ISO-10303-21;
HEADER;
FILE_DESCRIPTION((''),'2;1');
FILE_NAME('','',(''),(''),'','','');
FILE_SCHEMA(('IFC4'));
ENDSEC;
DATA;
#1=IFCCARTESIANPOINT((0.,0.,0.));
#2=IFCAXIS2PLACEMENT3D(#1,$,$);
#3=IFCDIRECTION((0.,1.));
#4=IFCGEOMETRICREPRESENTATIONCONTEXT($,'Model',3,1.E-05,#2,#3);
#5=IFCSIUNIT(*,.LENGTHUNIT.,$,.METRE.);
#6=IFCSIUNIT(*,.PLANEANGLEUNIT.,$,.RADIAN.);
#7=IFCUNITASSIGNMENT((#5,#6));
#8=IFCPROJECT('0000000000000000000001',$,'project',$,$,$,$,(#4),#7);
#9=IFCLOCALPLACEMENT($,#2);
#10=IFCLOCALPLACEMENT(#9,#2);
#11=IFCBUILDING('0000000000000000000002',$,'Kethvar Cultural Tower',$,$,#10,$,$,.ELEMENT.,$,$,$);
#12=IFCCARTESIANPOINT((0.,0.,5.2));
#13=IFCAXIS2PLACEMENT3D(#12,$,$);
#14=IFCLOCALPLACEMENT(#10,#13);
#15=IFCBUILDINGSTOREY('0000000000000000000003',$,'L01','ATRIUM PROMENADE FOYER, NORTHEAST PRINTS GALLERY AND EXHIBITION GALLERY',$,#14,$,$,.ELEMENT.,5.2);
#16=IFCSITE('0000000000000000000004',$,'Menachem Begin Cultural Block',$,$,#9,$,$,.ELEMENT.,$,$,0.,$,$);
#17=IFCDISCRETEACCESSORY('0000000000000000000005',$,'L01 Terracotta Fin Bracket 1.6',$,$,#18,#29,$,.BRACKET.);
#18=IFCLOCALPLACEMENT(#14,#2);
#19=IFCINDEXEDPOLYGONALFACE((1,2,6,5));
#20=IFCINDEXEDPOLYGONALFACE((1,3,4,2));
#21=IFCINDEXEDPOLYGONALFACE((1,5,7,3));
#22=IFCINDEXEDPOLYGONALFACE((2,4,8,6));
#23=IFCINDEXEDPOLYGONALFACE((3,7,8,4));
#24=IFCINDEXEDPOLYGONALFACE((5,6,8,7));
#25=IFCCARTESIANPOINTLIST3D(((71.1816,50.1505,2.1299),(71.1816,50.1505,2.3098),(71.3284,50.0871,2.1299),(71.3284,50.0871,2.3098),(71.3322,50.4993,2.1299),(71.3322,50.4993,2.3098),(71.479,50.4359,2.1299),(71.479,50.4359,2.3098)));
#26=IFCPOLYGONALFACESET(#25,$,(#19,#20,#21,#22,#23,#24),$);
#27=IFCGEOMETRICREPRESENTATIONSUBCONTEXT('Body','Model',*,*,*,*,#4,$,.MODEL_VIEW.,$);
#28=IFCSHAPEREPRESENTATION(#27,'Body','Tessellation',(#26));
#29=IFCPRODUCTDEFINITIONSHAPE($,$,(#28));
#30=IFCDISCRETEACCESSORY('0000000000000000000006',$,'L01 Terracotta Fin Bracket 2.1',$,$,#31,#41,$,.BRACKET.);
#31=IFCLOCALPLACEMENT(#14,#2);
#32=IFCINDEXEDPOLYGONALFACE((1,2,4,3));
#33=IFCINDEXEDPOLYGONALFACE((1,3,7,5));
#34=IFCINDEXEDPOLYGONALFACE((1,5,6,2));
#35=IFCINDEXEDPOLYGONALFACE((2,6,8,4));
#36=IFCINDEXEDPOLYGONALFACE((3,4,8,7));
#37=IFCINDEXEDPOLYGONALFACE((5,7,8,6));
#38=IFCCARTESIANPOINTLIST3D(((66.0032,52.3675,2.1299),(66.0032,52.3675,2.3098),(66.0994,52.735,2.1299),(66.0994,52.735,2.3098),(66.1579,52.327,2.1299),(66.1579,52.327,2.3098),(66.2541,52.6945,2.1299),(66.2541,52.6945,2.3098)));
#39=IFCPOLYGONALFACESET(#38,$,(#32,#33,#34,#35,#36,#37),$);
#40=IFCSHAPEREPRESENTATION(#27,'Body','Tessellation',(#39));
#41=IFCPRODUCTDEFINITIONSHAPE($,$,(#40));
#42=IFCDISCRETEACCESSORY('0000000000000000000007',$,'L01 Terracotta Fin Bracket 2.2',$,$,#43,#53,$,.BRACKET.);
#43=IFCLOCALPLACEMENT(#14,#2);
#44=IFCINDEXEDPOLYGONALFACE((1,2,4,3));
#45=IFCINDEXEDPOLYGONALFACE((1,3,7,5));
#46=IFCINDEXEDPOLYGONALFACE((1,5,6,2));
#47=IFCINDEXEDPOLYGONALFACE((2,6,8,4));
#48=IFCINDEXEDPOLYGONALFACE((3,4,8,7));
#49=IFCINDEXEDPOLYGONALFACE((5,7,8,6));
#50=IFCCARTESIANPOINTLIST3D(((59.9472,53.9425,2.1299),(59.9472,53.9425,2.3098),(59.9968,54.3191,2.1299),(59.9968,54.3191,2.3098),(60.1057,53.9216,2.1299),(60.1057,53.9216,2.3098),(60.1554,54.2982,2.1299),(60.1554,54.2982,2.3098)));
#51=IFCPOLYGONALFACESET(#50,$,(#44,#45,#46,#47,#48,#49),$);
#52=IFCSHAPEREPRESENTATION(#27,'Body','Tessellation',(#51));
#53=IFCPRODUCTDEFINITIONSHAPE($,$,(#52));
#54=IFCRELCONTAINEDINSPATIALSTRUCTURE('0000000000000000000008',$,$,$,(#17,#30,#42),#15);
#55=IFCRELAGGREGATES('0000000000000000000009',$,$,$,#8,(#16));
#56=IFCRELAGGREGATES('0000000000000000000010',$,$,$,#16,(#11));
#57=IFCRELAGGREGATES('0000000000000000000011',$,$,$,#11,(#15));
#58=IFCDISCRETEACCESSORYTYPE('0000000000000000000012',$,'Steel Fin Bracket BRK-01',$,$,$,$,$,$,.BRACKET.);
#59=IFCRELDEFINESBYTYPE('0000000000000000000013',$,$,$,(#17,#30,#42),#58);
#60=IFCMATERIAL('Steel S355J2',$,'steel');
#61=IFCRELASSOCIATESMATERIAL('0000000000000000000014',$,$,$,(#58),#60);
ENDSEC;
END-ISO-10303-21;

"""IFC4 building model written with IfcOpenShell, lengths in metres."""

from ifc_helpers import new_model, si_unit, direction, frame, origin, origin_2d, place, context, subcontext, project, spatial, rectangle, extrude, source, transform, mapped, material, type_object, element, save


model = new_model("IFC4")

# Units and contexts
model_context = context("Model", 3, precision=1e-05, world=origin(), true_north=direction((0.0, 1.0)))
body_context = subcontext(model_context, "Body", "Model", "MODEL_VIEW")
ifc_project = project(units=[si_unit("LENGTHUNIT", "METRE"), si_unit("PLANEANGLEUNIT", "RADIAN")], contexts=[model_context])

# Site, building, storey
site_placement = place(None, origin())
site = spatial("IfcSite", under=ifc_project, at=site_placement, Name="Menachem Begin Cultural Block", CompositionType="ELEMENT", RefElevation=0.0)
building_placement = place(site_placement, origin())
building = spatial("IfcBuilding", under=site, at=building_placement, Name="Kethvar Cultural Tower", CompositionType="ELEMENT")
storey_placement = place(building_placement, frame((0.0, 0.0, 5.2)))
storey = spatial("IfcBuildingStorey", under=building, at=storey_placement, Name="L01", Description="ATRIUM PROMENADE FOYER, NORTHEAST PRINTS GALLERY AND EXHIBITION GALLERY", CompositionType="ELEMENT", Elevation=5.2)

# Shared definitions
ifc_material_1 = material(Name="Steel S355J2", Category="steel")

# Discrete accessories
discrete_accessory_type = type_object("IfcDiscreteAccessoryType", Name="Steel Fin Bracket BRK-01", PredefinedType="BRACKET", material=ifc_material_1)
shared_shape_1 = source(origin(), body_context, "Body", "SweptSolid", [
    extrude(rectangle(XDim=0.3799, YDim=0.1599, at=origin_2d()), origin(), (0.0, 0.0, 1.0), 0.1799),
])
for number, where, z_axis, x_axis, name in (
    (1, (71.3303, 50.2932, 2.1299), (0.0, 0.0, 1.0), (0.396347, 0.918101, 0.0), "L01 Terracotta Fin Bracket 1.6"),
    (2, (66.1287, 52.531, 2.1299), (0.0, 0.0, 1.0), (0.253083, 0.967445, 0.0), "L01 Terracotta Fin Bracket 2.1"),
    (3, (60.0513, 54.1204, 2.1299), (0.0, 0.0, 1.0), (0.130699, 0.991422, 0.0), "L01 Terracotta Fin Bracket 2.2"),
):
    element("IfcDiscreteAccessory", number, at=place(storey_placement, frame(where, z_axis=z_axis, x_axis=x_axis)), inside=storey, type_object=discrete_accessory_type, Name=name, PredefinedType="BRACKET", context=body_context, shape_type="MappedRepresentation", body=[
        mapped(shared_shape_1, transform((0.0, 0.0, 0.0), scale=1.0)),
    ])

save(model, "model.ifc")
